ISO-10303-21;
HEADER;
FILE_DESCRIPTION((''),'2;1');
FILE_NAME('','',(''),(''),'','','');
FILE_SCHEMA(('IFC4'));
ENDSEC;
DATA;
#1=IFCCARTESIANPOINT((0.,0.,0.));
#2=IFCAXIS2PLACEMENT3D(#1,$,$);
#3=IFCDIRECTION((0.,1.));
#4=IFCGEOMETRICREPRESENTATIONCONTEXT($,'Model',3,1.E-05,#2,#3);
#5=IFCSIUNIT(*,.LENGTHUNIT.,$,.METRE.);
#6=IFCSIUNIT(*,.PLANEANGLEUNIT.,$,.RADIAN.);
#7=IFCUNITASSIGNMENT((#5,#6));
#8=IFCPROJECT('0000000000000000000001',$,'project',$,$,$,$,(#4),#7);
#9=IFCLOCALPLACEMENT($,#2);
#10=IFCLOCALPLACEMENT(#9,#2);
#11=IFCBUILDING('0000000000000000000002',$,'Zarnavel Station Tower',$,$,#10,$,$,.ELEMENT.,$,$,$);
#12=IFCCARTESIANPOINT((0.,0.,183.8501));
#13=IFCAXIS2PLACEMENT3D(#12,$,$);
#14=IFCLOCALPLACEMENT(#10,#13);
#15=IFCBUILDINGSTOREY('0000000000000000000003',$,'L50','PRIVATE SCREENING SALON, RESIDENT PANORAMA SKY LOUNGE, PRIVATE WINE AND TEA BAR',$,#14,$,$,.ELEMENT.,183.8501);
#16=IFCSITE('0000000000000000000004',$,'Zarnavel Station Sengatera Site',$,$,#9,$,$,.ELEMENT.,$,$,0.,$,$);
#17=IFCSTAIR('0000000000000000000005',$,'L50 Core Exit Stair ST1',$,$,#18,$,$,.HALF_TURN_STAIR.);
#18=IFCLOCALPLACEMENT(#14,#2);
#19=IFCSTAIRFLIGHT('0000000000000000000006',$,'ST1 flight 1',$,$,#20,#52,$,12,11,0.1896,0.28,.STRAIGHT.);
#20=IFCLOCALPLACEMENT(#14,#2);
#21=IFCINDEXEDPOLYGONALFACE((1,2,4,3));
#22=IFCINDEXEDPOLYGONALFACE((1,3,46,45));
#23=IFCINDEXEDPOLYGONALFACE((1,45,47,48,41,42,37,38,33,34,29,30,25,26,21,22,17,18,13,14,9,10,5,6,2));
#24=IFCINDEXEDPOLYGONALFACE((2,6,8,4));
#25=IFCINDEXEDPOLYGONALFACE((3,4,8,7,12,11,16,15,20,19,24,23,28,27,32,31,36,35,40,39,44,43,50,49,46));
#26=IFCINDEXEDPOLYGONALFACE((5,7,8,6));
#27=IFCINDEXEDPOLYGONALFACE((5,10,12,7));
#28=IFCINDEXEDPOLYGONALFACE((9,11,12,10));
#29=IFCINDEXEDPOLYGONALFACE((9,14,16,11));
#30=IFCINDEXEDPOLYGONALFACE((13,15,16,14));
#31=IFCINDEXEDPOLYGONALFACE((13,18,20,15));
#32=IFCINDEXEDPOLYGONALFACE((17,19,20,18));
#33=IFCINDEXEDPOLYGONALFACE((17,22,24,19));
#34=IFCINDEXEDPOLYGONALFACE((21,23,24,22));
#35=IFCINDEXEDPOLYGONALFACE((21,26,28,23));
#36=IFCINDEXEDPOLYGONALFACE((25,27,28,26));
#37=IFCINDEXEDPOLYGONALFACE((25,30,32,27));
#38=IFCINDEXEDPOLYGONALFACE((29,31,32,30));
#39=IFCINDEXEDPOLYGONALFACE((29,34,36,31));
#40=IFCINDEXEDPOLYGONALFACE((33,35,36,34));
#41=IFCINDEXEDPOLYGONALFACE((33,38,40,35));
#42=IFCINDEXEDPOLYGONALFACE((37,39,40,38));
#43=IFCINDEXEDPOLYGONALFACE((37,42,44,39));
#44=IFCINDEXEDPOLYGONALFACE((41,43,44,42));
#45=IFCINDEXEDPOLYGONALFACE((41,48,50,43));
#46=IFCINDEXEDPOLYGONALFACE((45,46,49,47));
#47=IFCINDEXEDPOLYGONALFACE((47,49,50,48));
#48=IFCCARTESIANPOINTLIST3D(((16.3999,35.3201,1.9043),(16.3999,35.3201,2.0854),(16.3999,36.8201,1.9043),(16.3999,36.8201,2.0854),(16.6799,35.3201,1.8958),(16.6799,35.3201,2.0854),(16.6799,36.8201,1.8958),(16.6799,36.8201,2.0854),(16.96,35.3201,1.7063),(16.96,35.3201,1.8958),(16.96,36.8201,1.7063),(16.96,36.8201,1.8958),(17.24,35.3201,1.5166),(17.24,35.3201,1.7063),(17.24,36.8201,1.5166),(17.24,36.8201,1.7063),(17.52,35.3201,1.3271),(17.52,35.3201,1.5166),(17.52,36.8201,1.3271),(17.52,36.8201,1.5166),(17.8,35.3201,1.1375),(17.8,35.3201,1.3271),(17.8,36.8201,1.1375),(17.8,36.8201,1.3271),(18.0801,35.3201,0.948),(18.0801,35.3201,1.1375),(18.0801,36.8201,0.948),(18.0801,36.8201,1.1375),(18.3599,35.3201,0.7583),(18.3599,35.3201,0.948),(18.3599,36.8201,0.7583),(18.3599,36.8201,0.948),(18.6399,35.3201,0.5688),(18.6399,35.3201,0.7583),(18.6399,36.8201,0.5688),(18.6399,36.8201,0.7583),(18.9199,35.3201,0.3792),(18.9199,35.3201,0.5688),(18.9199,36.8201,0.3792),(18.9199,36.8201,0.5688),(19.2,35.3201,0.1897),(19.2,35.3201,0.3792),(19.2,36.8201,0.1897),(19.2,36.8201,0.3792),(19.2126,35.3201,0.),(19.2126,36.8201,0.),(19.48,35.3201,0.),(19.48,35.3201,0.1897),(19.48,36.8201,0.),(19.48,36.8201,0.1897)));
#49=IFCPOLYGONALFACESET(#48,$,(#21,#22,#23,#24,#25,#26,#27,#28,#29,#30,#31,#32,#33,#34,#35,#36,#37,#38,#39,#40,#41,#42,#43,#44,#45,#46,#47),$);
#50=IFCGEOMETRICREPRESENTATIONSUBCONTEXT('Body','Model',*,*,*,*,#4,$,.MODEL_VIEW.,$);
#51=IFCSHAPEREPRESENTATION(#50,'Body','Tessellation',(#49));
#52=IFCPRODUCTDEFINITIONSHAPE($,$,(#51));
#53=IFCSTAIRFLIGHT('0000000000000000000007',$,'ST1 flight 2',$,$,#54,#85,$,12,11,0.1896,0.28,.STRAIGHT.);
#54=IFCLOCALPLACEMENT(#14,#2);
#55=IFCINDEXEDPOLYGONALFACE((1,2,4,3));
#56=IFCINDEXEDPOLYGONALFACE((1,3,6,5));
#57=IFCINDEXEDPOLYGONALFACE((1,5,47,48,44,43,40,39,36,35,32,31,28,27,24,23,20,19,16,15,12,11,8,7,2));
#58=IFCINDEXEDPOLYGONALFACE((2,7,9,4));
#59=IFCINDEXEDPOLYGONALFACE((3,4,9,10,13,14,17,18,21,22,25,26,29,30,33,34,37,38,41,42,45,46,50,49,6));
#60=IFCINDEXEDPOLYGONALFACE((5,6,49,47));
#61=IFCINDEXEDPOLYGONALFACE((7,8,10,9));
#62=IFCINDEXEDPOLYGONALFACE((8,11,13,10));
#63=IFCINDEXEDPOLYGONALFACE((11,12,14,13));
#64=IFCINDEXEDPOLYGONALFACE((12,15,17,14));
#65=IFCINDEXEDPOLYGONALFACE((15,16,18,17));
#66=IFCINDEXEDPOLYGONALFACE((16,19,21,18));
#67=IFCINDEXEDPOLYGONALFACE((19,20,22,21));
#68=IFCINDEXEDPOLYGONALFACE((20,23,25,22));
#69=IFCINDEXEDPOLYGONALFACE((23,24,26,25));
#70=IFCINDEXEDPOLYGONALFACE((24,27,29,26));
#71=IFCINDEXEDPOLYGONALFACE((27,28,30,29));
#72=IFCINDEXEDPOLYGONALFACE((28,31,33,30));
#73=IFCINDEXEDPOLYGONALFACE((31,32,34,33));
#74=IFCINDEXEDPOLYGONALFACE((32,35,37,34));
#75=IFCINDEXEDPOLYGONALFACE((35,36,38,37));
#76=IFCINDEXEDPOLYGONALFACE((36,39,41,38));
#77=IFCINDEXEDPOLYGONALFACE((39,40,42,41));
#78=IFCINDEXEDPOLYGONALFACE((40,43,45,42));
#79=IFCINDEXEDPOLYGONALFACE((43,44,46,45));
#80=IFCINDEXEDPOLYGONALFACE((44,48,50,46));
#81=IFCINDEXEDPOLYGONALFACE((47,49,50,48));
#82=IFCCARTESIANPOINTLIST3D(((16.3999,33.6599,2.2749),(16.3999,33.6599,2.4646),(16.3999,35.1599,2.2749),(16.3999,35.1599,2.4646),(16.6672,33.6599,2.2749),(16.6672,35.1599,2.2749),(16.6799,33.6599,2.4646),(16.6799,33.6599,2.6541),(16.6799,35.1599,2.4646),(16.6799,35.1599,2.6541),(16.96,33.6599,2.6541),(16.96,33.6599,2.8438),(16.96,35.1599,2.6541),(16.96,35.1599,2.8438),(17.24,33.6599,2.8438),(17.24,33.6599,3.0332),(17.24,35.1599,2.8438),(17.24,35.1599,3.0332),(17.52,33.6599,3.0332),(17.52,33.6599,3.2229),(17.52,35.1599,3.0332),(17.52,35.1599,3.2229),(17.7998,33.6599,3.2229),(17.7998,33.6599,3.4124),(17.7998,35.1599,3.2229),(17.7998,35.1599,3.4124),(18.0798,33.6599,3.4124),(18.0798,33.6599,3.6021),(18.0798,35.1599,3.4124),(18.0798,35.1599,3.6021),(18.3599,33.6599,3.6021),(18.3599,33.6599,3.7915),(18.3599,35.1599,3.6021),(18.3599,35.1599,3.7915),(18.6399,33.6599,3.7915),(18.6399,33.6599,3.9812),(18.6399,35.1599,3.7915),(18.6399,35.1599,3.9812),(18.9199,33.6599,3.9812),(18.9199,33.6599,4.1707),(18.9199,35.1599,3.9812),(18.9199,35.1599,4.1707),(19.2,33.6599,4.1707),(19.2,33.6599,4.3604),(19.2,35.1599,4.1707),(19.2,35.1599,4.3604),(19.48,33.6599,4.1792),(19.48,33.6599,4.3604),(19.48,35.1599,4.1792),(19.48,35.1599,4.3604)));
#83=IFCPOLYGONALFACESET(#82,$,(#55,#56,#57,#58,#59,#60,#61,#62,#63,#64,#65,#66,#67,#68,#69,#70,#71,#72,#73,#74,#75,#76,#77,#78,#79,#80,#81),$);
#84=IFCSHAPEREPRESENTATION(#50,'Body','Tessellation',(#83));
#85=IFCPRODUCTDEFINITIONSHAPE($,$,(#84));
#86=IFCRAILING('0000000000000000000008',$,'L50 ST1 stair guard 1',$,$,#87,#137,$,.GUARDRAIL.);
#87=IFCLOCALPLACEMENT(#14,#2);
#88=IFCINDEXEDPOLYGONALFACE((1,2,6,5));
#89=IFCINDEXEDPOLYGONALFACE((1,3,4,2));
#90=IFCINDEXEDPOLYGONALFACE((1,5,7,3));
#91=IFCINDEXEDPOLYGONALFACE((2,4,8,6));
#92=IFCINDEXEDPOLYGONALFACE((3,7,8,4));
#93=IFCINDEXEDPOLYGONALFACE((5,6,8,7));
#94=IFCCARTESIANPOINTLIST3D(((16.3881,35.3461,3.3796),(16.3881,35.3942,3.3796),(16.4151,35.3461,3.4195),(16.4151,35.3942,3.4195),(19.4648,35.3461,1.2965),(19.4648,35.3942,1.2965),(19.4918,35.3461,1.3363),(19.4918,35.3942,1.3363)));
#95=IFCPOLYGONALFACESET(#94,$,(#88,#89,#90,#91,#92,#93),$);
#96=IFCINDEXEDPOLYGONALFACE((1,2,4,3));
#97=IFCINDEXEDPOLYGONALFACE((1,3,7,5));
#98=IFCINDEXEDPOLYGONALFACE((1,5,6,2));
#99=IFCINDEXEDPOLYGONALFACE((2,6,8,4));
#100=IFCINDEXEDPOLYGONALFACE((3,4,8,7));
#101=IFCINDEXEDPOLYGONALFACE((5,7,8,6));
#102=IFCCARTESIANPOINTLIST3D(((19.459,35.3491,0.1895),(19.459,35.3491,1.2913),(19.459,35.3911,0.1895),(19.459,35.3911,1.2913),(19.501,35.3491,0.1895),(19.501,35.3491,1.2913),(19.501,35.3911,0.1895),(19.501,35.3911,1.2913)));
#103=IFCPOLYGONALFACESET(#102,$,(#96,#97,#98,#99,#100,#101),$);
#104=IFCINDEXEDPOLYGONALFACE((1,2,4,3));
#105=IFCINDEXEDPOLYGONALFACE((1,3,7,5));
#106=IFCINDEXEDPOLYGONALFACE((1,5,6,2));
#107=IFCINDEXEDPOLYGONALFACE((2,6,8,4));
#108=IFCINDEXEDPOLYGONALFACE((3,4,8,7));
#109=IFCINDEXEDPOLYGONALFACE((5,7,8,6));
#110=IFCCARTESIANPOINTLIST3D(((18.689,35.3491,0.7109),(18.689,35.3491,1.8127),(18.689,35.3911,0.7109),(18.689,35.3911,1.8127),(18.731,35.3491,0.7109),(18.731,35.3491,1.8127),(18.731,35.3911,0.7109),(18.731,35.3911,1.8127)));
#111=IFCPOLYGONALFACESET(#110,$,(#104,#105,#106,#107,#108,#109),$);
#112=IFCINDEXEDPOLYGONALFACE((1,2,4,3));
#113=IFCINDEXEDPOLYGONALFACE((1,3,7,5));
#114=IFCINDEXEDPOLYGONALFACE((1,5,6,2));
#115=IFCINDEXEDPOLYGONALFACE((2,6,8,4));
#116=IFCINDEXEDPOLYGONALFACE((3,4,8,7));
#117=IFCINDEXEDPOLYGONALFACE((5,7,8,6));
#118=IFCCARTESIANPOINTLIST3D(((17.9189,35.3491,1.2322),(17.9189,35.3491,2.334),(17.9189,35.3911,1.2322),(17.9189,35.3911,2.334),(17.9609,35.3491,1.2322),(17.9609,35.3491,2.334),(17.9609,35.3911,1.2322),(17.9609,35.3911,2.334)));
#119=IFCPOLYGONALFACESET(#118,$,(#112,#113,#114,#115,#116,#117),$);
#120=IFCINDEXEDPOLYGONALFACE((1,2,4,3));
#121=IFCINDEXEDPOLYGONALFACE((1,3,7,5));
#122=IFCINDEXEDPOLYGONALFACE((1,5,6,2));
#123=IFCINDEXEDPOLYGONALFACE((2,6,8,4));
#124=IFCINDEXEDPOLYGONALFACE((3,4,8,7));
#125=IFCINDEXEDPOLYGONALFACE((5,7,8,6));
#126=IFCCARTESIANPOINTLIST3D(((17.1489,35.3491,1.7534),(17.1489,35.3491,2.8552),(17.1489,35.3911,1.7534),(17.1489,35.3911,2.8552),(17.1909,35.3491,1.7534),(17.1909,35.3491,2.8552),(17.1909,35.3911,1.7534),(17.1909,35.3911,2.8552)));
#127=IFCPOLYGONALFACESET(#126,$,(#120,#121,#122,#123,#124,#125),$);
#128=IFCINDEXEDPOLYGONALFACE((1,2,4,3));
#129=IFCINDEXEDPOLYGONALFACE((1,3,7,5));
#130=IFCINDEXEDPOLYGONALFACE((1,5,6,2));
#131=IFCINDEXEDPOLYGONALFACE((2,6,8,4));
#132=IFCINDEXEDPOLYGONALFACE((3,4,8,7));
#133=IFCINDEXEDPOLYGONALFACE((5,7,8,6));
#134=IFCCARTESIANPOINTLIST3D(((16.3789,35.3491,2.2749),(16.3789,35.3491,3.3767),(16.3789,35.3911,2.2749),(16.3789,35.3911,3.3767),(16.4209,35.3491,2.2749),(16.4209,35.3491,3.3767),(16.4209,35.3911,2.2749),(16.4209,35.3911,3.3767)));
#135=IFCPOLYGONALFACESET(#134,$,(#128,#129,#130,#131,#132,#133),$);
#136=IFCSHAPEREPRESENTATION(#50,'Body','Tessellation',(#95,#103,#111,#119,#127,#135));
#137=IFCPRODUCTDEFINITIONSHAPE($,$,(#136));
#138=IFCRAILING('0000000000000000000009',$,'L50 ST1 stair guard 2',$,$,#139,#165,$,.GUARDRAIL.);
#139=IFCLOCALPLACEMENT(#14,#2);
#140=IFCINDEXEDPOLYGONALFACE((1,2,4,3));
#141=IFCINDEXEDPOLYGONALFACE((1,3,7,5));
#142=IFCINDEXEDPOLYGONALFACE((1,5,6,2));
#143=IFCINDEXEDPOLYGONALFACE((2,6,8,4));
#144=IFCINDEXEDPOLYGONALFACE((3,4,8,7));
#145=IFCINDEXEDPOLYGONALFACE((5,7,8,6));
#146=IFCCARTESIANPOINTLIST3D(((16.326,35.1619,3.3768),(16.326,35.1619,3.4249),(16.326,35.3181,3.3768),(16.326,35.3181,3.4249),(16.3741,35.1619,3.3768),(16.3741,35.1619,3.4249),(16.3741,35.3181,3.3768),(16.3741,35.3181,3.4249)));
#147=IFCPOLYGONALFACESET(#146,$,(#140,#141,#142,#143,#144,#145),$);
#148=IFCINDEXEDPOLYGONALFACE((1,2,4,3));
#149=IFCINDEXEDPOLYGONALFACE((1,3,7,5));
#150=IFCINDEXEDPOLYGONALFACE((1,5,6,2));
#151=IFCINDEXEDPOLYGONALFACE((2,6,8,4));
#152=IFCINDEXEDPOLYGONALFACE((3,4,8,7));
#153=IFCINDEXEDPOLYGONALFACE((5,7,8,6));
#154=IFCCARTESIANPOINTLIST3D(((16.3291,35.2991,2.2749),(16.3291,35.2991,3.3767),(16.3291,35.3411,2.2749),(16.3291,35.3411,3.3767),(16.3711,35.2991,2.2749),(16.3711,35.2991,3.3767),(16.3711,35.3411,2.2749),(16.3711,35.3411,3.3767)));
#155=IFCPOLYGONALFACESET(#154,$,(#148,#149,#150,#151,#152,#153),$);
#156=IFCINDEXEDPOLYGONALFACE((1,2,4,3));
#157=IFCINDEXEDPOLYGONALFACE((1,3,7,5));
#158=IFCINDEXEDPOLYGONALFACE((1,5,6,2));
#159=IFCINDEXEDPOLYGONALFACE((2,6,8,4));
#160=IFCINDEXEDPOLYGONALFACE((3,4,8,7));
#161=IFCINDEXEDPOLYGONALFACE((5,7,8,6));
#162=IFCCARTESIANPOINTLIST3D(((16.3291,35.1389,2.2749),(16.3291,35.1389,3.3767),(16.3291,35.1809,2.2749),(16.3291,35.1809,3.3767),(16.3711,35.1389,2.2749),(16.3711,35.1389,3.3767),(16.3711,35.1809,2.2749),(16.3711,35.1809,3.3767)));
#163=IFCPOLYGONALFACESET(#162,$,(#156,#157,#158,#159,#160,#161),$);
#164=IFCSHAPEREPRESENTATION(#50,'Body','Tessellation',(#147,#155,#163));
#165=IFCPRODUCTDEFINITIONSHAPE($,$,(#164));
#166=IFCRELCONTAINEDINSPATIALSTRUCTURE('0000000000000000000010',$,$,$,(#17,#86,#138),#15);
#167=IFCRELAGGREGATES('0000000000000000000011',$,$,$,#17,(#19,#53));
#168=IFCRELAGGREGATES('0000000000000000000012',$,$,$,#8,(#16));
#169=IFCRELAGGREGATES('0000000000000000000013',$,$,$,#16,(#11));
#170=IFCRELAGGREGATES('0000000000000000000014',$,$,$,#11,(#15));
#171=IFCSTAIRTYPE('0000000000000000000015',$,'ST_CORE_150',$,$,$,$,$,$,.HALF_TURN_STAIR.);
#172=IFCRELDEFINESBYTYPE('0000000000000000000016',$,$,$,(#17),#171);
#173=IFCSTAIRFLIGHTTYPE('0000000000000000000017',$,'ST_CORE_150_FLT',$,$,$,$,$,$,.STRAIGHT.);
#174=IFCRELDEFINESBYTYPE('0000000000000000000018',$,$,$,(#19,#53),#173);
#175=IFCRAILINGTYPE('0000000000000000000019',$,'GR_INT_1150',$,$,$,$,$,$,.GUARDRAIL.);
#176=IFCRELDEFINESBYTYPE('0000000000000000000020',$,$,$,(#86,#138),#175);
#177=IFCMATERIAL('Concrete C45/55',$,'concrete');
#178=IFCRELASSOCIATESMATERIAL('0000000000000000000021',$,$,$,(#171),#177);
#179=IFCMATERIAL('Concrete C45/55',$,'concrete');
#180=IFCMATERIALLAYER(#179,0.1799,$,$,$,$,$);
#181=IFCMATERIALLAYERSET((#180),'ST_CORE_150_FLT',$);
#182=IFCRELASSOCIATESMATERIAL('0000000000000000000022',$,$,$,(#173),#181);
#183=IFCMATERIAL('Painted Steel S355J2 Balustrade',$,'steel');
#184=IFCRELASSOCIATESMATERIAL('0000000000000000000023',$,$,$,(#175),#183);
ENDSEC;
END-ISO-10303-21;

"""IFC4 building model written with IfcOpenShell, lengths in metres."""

from ifc_helpers import new_model, si_unit, direction, frame, origin, origin_2d, place, context, subcontext, project, spatial, polyline, rectangle, outline, extrude, material, layer, layer_set, type_object, element, aggregate, save


model = new_model("IFC4")

# Units and contexts
model_context = context("Model", 3, precision=1e-05, world=origin(), true_north=direction((0.0, 1.0)))
body_context = subcontext(model_context, "Body", "Model", "MODEL_VIEW")
ifc_project = project(units=[si_unit("LENGTHUNIT", "METRE"), si_unit("PLANEANGLEUNIT", "RADIAN")], contexts=[model_context])

# Site, building, storey
site_placement = place(None, origin())
site = spatial("IfcSite", under=ifc_project, at=site_placement, Name="Zarnavel Station Sengatera Site", CompositionType="ELEMENT", RefElevation=0.0)
building_placement = place(site_placement, origin())
building = spatial("IfcBuilding", under=site, at=building_placement, Name="Zarnavel Station Tower", CompositionType="ELEMENT")
storey_placement = place(building_placement, frame((0.0, 0.0, 183.8501)))
storey = spatial("IfcBuildingStorey", under=building, at=storey_placement, Name="L50", Description="PRIVATE SCREENING SALON, RESIDENT PANORAMA SKY LOUNGE, PRIVATE WINE AND TEA BAR", CompositionType="ELEMENT", Elevation=183.8501)

# Stair, stair flights
ifc_material_1 = material(Name="Concrete C45/55", Category="concrete")
stair_type = type_object("IfcStairType", Name="ST_CORE_150", PredefinedType="HALF_TURN_STAIR", material=ifc_material_1)
stair_placement = place(storey_placement, origin())
stair = element("IfcStair", 1, at=stair_placement, inside=storey, type_object=stair_type, Name="L50 Core Exit Stair ST1", PredefinedType="HALF_TURN_STAIR")
ifc_material_2 = material(Name="Concrete C45/55", Category="concrete")
ifc_layer_1 = layer(ifc_material_2, 0.1799)
ifc_layer_set_1 = layer_set([ifc_layer_1], Name="ST_CORE_150_FLT")
stair_flight_type = type_object("IfcStairFlightType", Name="ST_CORE_150_FLT", PredefinedType="STRAIGHT", material=ifc_layer_set_1)
stair_flight_1_placement = place(storey_placement, frame((19.48, 36.0701, 0.0), z_axis=(0.0, 0.0, 1.0), x_axis=(-1.0, 0.0, 0.0)))
stair_flight_1 = element("IfcStairFlight", 2, at=stair_flight_1_placement, type_object=stair_flight_type, Name="ST1 flight 1", NumberOfRisers=12, NumberOfTreads=11, PredefinedType="STRAIGHT", RiserHeight=0.1896, TreadLength=0.28, context=body_context, shape_type="SweptSolid", body=[
    extrude(outline(polyline([(0.0, 0.0), (0.0, 0.1897), (0.28, 0.1897), (0.28, 0.3792), (0.5601, 0.3792), (0.5601, 0.5688), (0.8401, 0.5688), (0.8401, 0.7583), (1.1201, 0.7583), (1.1201, 0.948), (1.3999, 0.948), (1.3999, 1.1375), (1.6799, 1.1375), (1.6799, 1.3271), (1.96, 1.3271), (1.96, 1.5166), (2.24, 1.5166), (2.24, 1.7063), (2.52, 1.7063), (2.52, 1.8958), (2.8, 1.8958), (2.8, 2.0854), (3.0801, 2.0854), (3.0801, 2.2749), (3.0801, 1.9043), (0.2673, 0.0), (0.0, 0.0)])), frame((0.0, 0.75, 0.0), z_axis=(0.0, -1.0, 0.0), x_axis=(1.0, 0.0, 0.0)), (0.0, 0.0, 1.0), 1.5),
])
stair_flight_2_placement = place(storey_placement, frame((16.3999, 34.4099, 2.2749), z_axis=(0.0, 0.0, 1.0), x_axis=(1.0, 0.0, 0.0)))
stair_flight_2 = element("IfcStairFlight", 3, at=stair_flight_2_placement, type_object=stair_flight_type, Name="ST1 flight 2", NumberOfRisers=12, NumberOfTreads=11, PredefinedType="STRAIGHT", RiserHeight=0.1896, TreadLength=0.28, context=body_context, shape_type="SweptSolid", body=[
    extrude(outline(polyline([(0.0, 0.0), (0.0, 0.1897), (0.28, 0.1897), (0.28, 0.3792), (0.5601, 0.3792), (0.5601, 0.5688), (0.8401, 0.5688), (0.8401, 0.7583), (1.1201, 0.7583), (1.1201, 0.948), (1.3999, 0.948), (1.3999, 1.1375), (1.6799, 1.1375), (1.6799, 1.3271), (1.96, 1.3271), (1.96, 1.5166), (2.24, 1.5166), (2.24, 1.7063), (2.52, 1.7063), (2.52, 1.8958), (2.8, 1.8958), (2.8, 2.0854), (3.0801, 2.0854), (3.0801, 2.2749), (3.0801, 1.9043), (0.2673, 0.0), (0.0, 0.0)])), frame((0.0, 0.75, 0.0), z_axis=(0.0, -1.0, 0.0), x_axis=(1.0, 0.0, 0.0)), (0.0, 0.0, 1.0), 1.5),
])
aggregate(stair, [stair_flight_1, stair_flight_2])

# Railings
ifc_material_3 = material(Name="Painted Steel S355J2 Balustrade", Category="steel")
railing_type_1 = type_object("IfcRailingType", Name="GR_INT_1150", PredefinedType="GUARDRAIL", material=ifc_material_3)
railing_1_placement = place(storey_placement, frame((19.48, 35.3701, 0.1895)))
element("IfcRailing", 4, at=railing_1_placement, inside=storey, type_object=railing_type_1, Name="L50 ST1 stair guard 1", PredefinedType="GUARDRAIL", context=body_context, shape_type="SweptSolid", body=[
    extrude(rectangle(XDim=0.0481, YDim=0.0481, at=origin_2d()), frame((-0.0017, 0.0, 1.127), z_axis=(-0.82805, 0.0, 0.560654), x_axis=(0.0, -1.0, 0.0)), (0.0, 0.0, 1.0), 3.7156),
    extrude(rectangle(XDim=0.042, YDim=0.042, at=origin_2d()), origin(), (0.0, 0.0, 1.0), 1.1018),
    extrude(rectangle(XDim=0.042, YDim=0.042, at=origin_2d()), frame((-0.77, 0.0, 0.5215)), (0.0, 0.0, 1.0), 1.1018),
    extrude(rectangle(XDim=0.042, YDim=0.042, at=origin_2d()), frame((-1.54, 0.0, 1.0427)), (0.0, 0.0, 1.0), 1.1018),
    extrude(rectangle(XDim=0.042, YDim=0.042, at=origin_2d()), frame((-2.3101, 0.0, 1.564)), (0.0, 0.0, 1.0), 1.1018),
    extrude(rectangle(XDim=0.042, YDim=0.042, at=origin_2d()), frame((-3.0801, 0.0, 2.0854)), (0.0, 0.0, 1.0), 1.1018),
])
railing_2_placement = place(storey_placement, frame((16.3501, 35.3201, 2.2749)))
element("IfcRailing", 5, at=railing_2_placement, inside=storey, type_object=railing_type_1, Name="L50 ST1 stair guard 2", PredefinedType="GUARDRAIL", context=body_context, shape_type="SweptSolid", body=[
    extrude(rectangle(XDim=0.0481, YDim=0.0481, at=origin_2d()), frame((0.0, -0.002, 1.126), z_axis=(0.0, -1.0, 0.0), x_axis=(1.0, 0.0, 0.0)), (0.0, 0.0, 1.0), 0.1562),
    extrude(rectangle(XDim=0.042, YDim=0.042, at=origin_2d()), origin(), (0.0, 0.0, 1.0), 1.1018),
    extrude(rectangle(XDim=0.042, YDim=0.042, at=origin_2d()), frame((0.0, -0.1602, 0.0)), (0.0, 0.0, 1.0), 1.1018),
])

save(model, "model.ifc")
